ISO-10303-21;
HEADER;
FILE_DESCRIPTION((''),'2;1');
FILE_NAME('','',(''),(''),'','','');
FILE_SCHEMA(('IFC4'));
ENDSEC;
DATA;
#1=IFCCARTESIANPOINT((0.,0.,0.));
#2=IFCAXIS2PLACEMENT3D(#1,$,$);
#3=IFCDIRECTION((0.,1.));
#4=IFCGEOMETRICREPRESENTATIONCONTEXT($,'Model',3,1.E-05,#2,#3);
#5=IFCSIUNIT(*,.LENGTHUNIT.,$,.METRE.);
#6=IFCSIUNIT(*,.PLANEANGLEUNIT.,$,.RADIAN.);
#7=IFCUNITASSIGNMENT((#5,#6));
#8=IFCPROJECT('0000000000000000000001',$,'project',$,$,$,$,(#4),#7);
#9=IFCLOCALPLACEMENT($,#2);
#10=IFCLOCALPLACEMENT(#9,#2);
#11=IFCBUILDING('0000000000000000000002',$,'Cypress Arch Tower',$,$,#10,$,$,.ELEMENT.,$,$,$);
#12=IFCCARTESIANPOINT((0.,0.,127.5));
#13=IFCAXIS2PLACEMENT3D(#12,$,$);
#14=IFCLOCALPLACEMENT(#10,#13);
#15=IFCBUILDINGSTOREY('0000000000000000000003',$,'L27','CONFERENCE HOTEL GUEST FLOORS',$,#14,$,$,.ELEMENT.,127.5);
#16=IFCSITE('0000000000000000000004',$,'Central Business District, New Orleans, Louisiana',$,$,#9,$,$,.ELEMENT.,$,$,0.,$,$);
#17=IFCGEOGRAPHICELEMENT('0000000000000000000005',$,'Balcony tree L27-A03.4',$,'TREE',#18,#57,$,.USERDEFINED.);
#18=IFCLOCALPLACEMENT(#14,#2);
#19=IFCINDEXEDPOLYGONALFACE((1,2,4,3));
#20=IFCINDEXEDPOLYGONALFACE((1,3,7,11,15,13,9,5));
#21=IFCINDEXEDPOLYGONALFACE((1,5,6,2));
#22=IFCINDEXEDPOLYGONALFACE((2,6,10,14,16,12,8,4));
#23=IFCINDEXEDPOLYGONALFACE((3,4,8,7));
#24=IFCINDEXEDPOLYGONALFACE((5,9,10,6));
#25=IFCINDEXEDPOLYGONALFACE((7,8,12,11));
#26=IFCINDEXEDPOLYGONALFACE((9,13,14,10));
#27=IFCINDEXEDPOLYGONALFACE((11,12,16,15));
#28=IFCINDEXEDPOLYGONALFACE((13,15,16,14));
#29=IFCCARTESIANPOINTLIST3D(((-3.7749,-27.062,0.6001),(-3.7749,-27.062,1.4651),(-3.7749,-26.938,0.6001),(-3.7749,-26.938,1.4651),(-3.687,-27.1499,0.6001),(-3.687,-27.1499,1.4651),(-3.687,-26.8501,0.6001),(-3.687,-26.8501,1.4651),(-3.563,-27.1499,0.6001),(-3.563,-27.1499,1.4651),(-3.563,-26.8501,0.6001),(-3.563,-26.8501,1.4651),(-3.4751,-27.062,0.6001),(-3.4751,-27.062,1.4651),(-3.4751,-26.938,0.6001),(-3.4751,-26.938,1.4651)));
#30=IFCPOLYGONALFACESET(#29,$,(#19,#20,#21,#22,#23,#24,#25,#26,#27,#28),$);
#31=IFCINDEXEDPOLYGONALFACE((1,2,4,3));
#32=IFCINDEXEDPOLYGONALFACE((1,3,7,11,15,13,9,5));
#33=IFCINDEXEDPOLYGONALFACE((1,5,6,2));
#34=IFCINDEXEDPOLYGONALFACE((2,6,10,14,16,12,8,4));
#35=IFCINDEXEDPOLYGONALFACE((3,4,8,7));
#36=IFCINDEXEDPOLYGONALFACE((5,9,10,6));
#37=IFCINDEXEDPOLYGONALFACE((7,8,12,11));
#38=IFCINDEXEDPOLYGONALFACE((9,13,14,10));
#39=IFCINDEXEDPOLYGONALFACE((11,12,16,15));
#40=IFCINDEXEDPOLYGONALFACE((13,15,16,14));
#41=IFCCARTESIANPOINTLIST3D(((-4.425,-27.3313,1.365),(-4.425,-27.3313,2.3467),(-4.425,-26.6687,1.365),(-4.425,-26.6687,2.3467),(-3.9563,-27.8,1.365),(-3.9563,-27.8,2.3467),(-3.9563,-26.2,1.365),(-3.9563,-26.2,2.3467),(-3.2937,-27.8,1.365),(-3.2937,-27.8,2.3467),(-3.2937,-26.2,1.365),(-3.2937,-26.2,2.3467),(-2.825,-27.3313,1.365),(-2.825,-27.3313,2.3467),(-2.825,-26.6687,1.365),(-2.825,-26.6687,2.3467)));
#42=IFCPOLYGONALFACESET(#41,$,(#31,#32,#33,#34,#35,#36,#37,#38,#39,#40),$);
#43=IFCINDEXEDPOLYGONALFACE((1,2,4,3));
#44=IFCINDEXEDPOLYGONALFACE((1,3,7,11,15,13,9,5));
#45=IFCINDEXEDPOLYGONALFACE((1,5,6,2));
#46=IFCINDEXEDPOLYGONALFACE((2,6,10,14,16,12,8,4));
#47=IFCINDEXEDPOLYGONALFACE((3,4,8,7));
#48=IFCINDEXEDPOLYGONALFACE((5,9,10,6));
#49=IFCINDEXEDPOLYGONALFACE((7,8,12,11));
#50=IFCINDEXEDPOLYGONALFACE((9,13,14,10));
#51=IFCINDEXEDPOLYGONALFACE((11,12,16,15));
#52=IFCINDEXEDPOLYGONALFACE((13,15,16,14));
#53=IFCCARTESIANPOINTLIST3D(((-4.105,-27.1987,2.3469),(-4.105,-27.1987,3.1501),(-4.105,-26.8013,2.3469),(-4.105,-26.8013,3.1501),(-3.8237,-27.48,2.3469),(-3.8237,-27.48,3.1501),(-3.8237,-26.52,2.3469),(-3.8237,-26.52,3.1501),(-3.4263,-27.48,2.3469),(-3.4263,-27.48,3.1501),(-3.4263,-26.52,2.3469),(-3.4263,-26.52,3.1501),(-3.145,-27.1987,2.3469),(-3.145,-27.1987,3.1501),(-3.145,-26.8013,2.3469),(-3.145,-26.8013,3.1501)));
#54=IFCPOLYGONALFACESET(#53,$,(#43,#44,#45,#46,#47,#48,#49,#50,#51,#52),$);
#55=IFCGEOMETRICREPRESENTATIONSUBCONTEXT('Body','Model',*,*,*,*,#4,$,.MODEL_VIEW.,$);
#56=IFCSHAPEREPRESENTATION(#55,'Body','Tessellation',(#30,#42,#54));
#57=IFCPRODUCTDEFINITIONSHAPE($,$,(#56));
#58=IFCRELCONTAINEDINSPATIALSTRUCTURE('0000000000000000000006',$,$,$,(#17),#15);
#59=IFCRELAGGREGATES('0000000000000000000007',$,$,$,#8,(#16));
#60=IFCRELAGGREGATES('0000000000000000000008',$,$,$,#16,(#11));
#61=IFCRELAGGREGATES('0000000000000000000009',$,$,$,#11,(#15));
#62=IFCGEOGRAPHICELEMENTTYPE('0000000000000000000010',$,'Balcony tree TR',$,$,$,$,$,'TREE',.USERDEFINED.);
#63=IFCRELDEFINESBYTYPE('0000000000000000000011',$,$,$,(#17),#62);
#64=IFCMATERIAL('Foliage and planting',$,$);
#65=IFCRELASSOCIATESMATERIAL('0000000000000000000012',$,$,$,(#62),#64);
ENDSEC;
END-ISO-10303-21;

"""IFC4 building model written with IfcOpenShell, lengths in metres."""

from ifc_helpers import new_model, si_unit, direction, frame, origin, place, context, subcontext, project, spatial, polyline, outline, extrude, material, type_object, element, save


model = new_model("IFC4")

# Units and contexts
model_context = context("Model", 3, precision=1e-05, world=origin(), true_north=direction((0.0, 1.0)))
body_context = subcontext(model_context, "Body", "Model", "MODEL_VIEW")
ifc_project = project(units=[si_unit("LENGTHUNIT", "METRE"), si_unit("PLANEANGLEUNIT", "RADIAN")], contexts=[model_context])

# Site, building, storey
site_placement = place(None, origin())
site = spatial("IfcSite", under=ifc_project, at=site_placement, Name="Central Business District, New Orleans, Louisiana", CompositionType="ELEMENT", RefElevation=0.0)
building_placement = place(site_placement, origin())
building = spatial("IfcBuilding", under=site, at=building_placement, Name="Cypress Arch Tower", CompositionType="ELEMENT")
storey_placement = place(building_placement, frame((0.0, 0.0, 127.5)))
storey = spatial("IfcBuildingStorey", under=building, at=storey_placement, Name="L27", Description="CONFERENCE HOTEL GUEST FLOORS", CompositionType="ELEMENT", Elevation=127.5)

# Geographic element
ifc_material_1 = material(Name="Foliage and planting")
geographic_element_type = type_object("IfcGeographicElementType", Name="Balcony tree TR", ElementType="TREE", PredefinedType="USERDEFINED", material=ifc_material_1)
for number, where, z_axis, x_axis, name in (
    (1, (-3.625, -27.0, 0.6001), (0.0, 0.0, 1.0), (1.0, 0.0, 0.0), "Balcony tree L27-A03.4"),
):
    element("IfcGeographicElement", number, at=place(storey_placement, frame(where, z_axis=z_axis, x_axis=x_axis)), inside=storey, type_object=geographic_element_type, Name=name, ObjectType="TREE", PredefinedType="USERDEFINED", context=body_context, shape_type="SweptSolid", body=[
        extrude(outline(polyline([(0.1499, 0.062), (0.062, 0.1499), (-0.062, 0.1499), (-0.1499, 0.062), (-0.1499, -0.062), (-0.062, -0.1499), (0.062, -0.1499), (0.1499, -0.062), (0.1499, 0.062)])), origin(), (0.0, 0.0, 1.0), 0.865),
        extrude(outline(polyline([(0.8, 0.3313), (0.3313, 0.8), (-0.3313, 0.8), (-0.8, 0.3313), (-0.8, -0.3313), (-0.3313, -0.8), (0.3313, -0.8), (0.8, -0.3313), (0.8, 0.3313)])), frame((0.0, 0.0, 0.7649)), (0.0, 0.0, 1.0), 0.9817),
        extrude(outline(polyline([(0.48, 0.1987), (0.1987, 0.48), (-0.1987, 0.48), (-0.48, 0.1987), (-0.48, -0.1987), (-0.1987, -0.48), (0.1987, -0.48), (0.48, -0.1987), (0.48, 0.1987)])), frame((0.0, 0.0, 1.7468)), (0.0, 0.0, 1.0), 0.8032),
    ])

save(model, "model.ifc")
